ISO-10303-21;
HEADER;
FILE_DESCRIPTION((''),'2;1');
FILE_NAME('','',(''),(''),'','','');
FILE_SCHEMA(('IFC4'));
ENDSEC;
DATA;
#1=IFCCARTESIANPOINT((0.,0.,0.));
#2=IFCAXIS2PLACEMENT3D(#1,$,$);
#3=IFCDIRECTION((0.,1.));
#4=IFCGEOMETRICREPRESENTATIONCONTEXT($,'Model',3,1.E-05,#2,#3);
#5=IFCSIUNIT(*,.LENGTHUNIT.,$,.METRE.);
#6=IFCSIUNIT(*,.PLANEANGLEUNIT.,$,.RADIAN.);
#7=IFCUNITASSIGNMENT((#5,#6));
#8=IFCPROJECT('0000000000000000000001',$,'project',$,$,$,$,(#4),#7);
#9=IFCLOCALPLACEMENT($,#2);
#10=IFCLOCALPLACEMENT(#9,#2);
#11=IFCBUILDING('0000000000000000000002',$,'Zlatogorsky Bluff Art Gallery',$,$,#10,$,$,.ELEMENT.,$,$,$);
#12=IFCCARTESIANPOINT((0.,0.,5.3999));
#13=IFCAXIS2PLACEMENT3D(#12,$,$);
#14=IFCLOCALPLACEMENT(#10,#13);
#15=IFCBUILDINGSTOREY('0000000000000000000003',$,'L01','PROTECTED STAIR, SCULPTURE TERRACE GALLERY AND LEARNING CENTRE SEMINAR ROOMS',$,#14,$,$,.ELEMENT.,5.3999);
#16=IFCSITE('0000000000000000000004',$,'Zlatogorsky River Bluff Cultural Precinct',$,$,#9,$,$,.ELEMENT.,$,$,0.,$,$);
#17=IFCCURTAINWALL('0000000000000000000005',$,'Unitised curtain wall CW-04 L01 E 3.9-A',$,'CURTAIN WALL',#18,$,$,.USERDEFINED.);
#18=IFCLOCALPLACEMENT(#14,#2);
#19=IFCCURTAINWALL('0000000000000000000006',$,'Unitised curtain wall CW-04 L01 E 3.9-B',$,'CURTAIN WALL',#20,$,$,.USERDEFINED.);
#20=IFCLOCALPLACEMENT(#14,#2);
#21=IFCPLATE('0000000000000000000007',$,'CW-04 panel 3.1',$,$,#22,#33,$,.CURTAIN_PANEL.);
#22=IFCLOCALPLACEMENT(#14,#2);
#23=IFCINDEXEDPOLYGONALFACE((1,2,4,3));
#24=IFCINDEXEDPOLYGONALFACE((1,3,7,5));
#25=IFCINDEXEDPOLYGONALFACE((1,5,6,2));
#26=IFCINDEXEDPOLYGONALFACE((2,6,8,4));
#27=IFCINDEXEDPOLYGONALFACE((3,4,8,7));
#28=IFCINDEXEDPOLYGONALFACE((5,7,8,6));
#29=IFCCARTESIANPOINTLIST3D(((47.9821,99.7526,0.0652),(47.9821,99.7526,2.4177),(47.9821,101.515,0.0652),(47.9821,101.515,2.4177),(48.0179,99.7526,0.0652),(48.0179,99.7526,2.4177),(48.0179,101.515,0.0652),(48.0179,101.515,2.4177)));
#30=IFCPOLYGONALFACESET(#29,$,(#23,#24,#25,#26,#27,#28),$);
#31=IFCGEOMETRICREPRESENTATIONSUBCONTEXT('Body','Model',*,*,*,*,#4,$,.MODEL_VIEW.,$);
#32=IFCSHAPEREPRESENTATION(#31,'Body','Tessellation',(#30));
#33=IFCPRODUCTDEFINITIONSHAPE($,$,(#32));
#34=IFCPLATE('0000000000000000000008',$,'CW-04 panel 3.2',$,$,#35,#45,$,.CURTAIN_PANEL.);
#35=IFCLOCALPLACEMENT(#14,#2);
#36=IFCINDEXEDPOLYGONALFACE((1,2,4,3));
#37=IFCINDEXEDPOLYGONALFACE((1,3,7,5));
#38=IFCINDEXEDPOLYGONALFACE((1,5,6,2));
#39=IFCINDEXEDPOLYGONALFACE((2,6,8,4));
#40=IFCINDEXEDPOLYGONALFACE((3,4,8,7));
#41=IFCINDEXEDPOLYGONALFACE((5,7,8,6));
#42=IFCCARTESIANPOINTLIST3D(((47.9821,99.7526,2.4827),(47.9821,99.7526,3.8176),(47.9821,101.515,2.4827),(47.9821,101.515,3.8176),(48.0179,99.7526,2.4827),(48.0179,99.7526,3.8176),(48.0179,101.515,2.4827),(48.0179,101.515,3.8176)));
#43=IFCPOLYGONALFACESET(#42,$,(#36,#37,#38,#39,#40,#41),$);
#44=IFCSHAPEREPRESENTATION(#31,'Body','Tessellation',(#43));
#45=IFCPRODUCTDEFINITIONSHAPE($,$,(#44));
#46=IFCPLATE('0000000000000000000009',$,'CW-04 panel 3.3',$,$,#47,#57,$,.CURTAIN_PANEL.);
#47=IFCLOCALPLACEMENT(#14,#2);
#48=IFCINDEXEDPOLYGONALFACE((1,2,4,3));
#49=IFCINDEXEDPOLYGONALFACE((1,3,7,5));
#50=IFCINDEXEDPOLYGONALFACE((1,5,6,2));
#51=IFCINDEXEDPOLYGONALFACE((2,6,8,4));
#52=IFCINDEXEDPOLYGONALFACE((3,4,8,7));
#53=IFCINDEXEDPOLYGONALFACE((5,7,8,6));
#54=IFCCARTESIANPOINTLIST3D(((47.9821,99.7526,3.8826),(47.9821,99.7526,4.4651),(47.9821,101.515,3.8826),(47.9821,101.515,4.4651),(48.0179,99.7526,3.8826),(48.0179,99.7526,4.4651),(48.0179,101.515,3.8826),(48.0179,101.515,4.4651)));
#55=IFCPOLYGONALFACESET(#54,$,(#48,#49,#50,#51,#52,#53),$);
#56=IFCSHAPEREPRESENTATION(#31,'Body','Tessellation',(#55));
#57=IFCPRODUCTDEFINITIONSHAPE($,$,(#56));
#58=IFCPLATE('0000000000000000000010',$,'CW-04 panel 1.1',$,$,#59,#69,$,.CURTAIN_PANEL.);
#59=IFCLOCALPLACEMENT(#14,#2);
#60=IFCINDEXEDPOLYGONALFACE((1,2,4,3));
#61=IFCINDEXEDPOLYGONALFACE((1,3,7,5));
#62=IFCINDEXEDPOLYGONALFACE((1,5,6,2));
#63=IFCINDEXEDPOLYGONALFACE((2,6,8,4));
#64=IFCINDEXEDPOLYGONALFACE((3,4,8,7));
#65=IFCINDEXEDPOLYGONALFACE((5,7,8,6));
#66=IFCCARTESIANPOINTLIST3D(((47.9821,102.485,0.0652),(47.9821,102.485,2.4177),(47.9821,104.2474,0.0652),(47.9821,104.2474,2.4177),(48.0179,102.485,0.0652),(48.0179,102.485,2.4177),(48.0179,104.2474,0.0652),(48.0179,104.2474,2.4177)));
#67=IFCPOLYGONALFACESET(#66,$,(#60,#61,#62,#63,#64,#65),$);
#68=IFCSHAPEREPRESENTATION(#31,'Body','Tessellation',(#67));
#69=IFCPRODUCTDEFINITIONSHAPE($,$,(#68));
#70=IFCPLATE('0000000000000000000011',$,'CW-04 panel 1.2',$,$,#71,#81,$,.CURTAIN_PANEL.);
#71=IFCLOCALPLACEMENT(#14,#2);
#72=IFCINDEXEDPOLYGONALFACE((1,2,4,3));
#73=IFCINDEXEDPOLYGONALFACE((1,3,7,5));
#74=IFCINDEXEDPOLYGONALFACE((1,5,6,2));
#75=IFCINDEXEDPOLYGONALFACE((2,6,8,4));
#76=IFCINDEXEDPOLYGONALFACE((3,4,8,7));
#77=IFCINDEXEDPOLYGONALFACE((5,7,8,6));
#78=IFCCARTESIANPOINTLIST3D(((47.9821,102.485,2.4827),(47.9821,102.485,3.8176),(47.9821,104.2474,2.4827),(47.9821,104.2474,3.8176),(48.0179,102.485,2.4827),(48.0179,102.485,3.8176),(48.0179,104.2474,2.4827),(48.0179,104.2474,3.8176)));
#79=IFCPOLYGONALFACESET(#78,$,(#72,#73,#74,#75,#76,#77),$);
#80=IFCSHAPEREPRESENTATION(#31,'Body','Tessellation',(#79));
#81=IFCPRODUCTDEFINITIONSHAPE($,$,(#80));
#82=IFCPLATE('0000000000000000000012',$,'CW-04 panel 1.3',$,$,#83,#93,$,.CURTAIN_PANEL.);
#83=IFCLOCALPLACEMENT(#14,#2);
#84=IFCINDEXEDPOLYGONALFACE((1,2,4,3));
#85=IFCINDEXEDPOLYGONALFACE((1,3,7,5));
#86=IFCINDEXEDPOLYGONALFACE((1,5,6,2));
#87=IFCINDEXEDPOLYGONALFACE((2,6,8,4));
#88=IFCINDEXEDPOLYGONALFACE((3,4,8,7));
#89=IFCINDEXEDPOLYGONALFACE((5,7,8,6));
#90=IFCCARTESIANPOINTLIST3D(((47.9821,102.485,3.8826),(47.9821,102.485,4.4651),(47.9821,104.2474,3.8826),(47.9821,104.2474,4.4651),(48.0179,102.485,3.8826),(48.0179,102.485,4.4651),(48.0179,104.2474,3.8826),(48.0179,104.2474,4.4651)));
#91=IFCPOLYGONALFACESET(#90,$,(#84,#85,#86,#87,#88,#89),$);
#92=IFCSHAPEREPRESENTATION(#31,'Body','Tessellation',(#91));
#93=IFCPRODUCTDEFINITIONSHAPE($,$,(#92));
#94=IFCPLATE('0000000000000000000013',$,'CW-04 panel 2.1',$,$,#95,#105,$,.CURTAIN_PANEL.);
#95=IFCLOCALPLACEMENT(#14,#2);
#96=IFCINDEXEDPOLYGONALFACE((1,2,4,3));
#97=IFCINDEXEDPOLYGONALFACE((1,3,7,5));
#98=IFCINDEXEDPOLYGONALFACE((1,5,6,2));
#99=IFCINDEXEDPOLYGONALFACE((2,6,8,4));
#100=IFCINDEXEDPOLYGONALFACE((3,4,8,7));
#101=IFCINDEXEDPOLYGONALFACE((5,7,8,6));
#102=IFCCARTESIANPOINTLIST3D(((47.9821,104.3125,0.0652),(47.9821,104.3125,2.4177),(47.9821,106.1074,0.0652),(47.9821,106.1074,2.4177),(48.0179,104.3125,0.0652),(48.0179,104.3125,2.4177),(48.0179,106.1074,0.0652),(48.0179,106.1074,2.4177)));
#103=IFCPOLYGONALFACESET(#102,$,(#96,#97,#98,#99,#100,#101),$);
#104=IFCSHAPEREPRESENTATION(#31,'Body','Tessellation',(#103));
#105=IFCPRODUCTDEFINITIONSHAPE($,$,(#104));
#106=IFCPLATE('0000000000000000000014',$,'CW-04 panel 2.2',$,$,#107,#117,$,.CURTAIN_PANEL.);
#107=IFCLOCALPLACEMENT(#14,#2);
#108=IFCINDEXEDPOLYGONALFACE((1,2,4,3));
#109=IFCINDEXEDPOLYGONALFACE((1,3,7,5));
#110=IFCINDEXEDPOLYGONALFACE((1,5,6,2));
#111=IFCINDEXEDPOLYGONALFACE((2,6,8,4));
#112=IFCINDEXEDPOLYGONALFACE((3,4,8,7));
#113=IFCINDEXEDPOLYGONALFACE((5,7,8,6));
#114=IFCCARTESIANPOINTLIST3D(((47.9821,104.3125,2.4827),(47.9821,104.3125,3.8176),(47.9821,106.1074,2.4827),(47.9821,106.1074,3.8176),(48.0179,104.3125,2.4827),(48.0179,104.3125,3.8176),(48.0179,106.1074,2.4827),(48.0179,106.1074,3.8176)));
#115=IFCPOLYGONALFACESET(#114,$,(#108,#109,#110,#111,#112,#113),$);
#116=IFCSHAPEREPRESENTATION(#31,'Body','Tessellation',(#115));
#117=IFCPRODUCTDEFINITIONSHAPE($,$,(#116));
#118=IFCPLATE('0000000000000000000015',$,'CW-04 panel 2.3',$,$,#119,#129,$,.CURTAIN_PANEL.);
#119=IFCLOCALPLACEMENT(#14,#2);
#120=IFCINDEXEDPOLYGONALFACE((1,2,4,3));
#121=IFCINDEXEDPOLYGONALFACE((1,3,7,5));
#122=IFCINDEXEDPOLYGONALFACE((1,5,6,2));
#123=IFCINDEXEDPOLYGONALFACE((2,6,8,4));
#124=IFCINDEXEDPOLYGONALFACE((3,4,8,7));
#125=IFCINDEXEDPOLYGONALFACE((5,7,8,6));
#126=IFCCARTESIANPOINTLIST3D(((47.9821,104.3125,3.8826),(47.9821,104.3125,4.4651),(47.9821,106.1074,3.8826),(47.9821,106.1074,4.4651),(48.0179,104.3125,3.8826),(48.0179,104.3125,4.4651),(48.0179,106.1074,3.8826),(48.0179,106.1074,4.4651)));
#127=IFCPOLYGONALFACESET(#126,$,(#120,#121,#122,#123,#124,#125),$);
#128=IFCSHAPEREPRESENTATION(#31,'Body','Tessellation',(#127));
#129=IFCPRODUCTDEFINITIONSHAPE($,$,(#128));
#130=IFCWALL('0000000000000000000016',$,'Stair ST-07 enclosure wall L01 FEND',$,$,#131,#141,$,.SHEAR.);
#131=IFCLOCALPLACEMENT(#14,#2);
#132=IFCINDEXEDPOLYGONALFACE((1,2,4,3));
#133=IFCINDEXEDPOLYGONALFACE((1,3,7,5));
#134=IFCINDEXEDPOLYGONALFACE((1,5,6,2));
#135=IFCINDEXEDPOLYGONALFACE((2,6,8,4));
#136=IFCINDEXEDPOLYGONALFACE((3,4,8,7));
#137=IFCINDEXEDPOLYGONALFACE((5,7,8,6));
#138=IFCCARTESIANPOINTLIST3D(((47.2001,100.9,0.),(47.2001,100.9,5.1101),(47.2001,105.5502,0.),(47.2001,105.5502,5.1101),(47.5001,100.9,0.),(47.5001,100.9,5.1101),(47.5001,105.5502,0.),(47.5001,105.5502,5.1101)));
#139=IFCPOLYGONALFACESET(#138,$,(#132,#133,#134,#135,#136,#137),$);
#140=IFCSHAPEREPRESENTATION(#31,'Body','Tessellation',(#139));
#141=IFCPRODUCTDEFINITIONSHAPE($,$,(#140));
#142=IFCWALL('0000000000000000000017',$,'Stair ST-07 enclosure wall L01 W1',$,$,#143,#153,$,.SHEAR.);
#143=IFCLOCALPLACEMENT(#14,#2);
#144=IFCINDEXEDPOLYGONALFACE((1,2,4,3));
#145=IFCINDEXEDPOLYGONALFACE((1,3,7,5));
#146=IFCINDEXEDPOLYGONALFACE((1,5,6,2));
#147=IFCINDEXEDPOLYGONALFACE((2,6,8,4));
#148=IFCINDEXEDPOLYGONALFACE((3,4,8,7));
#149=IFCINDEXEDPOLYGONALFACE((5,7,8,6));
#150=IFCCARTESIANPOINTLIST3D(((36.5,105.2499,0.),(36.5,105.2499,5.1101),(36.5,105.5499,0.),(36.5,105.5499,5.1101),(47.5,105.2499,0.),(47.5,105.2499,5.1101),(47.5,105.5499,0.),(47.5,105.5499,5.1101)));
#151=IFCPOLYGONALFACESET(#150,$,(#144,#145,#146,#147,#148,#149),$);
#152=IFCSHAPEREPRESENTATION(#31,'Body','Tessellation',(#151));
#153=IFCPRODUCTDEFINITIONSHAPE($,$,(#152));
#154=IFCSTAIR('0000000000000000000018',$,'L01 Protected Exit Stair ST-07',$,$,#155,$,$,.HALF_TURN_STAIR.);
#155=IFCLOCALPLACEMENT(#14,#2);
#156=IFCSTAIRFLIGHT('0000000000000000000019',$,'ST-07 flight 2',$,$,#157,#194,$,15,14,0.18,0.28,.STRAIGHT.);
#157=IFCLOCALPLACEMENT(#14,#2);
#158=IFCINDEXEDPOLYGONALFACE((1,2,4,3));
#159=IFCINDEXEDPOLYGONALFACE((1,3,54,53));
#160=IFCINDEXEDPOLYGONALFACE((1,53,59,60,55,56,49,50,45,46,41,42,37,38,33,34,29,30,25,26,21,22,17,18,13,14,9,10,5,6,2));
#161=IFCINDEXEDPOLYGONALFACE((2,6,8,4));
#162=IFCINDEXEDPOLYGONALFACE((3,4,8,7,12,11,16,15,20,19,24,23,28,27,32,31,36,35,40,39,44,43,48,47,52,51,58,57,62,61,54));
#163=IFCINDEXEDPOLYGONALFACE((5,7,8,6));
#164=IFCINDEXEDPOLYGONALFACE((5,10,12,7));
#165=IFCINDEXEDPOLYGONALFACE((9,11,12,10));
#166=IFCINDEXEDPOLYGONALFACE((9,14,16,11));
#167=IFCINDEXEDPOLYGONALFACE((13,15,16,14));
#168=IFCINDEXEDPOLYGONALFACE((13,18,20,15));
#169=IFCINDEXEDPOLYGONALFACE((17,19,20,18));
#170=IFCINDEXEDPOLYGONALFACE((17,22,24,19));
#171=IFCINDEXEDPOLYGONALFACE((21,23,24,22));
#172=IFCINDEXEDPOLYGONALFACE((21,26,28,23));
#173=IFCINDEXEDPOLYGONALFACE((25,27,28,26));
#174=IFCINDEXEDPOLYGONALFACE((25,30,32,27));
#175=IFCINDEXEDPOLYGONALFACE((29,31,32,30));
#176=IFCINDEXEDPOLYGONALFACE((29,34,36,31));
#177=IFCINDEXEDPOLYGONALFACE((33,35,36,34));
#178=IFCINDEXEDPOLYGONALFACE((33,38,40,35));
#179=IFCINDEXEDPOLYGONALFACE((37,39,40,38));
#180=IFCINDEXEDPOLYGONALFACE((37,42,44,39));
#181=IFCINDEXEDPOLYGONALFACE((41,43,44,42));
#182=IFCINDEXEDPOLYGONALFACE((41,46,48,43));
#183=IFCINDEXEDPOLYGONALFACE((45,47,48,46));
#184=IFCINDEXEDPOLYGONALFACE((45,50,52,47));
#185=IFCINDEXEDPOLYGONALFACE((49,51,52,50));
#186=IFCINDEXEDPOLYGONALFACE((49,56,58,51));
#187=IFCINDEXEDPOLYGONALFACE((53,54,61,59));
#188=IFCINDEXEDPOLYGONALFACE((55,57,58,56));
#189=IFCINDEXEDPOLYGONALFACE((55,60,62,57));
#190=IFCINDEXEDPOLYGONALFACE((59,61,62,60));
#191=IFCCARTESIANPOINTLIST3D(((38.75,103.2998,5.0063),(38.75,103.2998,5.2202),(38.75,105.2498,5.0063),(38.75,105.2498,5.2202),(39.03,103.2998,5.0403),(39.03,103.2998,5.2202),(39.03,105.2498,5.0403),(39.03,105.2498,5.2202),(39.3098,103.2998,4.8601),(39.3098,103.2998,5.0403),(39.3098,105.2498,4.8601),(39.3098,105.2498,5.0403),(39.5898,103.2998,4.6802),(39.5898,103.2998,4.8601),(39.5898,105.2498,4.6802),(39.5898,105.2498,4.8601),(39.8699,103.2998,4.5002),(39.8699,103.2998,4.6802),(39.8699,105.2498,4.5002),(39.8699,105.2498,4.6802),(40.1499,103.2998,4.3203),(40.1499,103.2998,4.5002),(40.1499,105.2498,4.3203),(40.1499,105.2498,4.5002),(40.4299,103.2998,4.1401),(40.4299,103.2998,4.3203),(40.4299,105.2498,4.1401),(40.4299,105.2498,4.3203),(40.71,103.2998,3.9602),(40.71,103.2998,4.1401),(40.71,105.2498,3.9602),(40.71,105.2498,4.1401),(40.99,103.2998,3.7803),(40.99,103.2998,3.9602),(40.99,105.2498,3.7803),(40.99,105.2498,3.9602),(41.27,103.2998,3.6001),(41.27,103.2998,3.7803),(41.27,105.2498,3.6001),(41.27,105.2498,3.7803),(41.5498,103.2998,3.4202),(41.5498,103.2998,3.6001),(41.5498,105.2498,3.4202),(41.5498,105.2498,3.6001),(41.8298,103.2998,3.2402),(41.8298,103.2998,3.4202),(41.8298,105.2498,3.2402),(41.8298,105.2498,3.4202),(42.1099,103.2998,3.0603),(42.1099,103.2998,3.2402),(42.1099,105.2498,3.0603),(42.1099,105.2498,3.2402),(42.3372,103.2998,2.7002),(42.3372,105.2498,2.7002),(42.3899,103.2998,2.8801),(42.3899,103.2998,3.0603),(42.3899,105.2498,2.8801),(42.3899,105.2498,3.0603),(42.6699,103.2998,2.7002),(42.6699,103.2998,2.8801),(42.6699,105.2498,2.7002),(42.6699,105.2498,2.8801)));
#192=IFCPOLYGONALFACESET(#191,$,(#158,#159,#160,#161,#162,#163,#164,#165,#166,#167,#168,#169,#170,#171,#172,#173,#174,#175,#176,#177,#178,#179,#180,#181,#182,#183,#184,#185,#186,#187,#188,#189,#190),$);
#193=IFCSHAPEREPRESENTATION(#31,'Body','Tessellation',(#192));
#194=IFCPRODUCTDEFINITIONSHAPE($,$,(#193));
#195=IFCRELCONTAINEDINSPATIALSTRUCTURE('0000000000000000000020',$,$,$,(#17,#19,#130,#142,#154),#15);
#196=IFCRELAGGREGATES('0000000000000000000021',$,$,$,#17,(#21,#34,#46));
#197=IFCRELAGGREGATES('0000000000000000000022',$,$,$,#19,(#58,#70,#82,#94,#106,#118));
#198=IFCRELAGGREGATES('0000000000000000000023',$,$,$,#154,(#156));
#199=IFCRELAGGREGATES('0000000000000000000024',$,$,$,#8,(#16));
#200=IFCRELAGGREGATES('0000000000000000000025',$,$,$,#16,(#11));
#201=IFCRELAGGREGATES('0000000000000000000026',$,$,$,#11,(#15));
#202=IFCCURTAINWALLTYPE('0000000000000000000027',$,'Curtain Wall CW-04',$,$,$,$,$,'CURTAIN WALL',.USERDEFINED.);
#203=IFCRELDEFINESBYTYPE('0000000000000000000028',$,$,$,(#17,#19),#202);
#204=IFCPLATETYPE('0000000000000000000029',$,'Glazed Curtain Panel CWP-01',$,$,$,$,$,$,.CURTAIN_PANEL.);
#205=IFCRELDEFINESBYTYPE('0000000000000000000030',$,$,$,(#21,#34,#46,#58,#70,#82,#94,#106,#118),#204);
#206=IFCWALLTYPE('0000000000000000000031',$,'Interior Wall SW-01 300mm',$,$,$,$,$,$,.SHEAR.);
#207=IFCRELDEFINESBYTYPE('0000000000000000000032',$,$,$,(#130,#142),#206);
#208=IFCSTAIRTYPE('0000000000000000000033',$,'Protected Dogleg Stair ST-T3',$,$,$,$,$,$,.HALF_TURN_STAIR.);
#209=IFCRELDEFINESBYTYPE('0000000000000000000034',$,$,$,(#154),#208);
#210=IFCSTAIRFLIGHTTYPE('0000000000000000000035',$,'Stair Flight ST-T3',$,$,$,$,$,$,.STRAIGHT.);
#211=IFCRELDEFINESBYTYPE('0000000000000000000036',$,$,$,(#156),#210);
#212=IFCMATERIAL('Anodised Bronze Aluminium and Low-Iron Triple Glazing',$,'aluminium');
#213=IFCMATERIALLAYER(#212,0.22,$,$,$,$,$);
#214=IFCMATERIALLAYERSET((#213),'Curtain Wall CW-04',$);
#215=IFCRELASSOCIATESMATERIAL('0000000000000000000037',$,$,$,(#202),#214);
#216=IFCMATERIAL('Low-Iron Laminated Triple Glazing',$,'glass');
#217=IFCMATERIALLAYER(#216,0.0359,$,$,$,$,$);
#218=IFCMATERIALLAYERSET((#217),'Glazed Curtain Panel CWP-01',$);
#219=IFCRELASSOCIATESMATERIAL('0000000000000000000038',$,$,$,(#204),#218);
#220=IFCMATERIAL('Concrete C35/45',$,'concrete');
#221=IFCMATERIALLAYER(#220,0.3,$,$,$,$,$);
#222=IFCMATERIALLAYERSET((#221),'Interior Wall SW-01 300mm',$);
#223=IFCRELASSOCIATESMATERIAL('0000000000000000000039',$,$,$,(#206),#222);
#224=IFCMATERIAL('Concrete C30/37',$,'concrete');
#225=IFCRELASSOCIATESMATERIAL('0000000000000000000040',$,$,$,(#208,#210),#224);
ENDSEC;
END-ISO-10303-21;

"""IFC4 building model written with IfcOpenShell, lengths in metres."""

from ifc_helpers import new_model, si_unit, direction, frame, frame_2d, origin, origin_2d, place, context, subcontext, project, spatial, polyline, rectangle, outline, extrude, material, layer, layer_set, type_object, element, aggregate, save


model = new_model("IFC4")

# Units and contexts
model_context = context("Model", 3, precision=1e-05, world=origin(), true_north=direction((0.0, 1.0)))
body_context = subcontext(model_context, "Body", "Model", "MODEL_VIEW")
ifc_project = project(units=[si_unit("LENGTHUNIT", "METRE"), si_unit("PLANEANGLEUNIT", "RADIAN")], contexts=[model_context])

# Site, building, storey
site_placement = place(None, origin())
site = spatial("IfcSite", under=ifc_project, at=site_placement, Name="Zlatogorsky River Bluff Cultural Precinct", CompositionType="ELEMENT", RefElevation=0.0)
building_placement = place(site_placement, origin())
building = spatial("IfcBuilding", under=site, at=building_placement, Name="Zlatogorsky Bluff Art Gallery", CompositionType="ELEMENT")
storey_placement = place(building_placement, frame((0.0, 0.0, 5.3999)))
storey = spatial("IfcBuildingStorey", under=building, at=storey_placement, Name="L01", Description="PROTECTED STAIR, SCULPTURE TERRACE GALLERY AND LEARNING CENTRE SEMINAR ROOMS", CompositionType="ELEMENT", Elevation=5.3999)

# Curtain wall
ifc_material_1 = material(Name="Anodised Bronze Aluminium and Low-Iron Triple Glazing", Category="aluminium")
ifc_layer_1 = layer(ifc_material_1, 0.22)
ifc_layer_set_1 = layer_set([ifc_layer_1], Name="Curtain Wall CW-04")
curtain_wall_type = type_object("IfcCurtainWallType", Name="Curtain Wall CW-04", ElementType="CURTAIN WALL", PredefinedType="USERDEFINED", material=ifc_layer_set_1)
curtain_wall_1_placement = place(storey_placement, origin())
curtain_wall_1 = element("IfcCurtainWall", 1, at=curtain_wall_1_placement, inside=storey, type_object=curtain_wall_type, Name="Unitised curtain wall CW-04 L01 E 3.9-A", ObjectType="CURTAIN WALL", PredefinedType="USERDEFINED")

# Curtain wall
curtain_wall_2_placement = place(storey_placement, origin())
curtain_wall_2 = element("IfcCurtainWall", 2, at=curtain_wall_2_placement, inside=storey, type_object=curtain_wall_type, Name="Unitised curtain wall CW-04 L01 E 3.9-B", ObjectType="CURTAIN WALL", PredefinedType="USERDEFINED")

# Plates
ifc_material_2 = material(Name="Low-Iron Laminated Triple Glazing", Category="glass")
ifc_layer_2 = layer(ifc_material_2, 0.0359)
ifc_layer_set_2 = layer_set([ifc_layer_2], Name="Glazed Curtain Panel CWP-01")
plate_type = type_object("IfcPlateType", Name="Glazed Curtain Panel CWP-01", PredefinedType="CURTAIN_PANEL", material=ifc_layer_set_2)
plate_1_placement = place(storey_placement, frame((48.0, 100.6338, 0.0652), z_axis=(0.0, 0.0, 1.0), x_axis=(0.0, 1.0, 0.0)))
plate_1 = element("IfcPlate", 3, at=plate_1_placement, type_object=plate_type, Name="CW-04 panel 3.1", PredefinedType="CURTAIN_PANEL", context=body_context, shape_type="SweptSolid", body=[
    extrude(rectangle(XDim=1.7625, YDim=0.0359, at=origin_2d()), origin(), (0.0, 0.0, 1.0), 2.3525),
])
plate_2_placement = place(storey_placement, frame((48.0, 100.6338, 2.4827), z_axis=(0.0, 0.0, 1.0), x_axis=(0.0, 1.0, 0.0)))
plate_2 = element("IfcPlate", 4, at=plate_2_placement, type_object=plate_type, Name="CW-04 panel 3.2", PredefinedType="CURTAIN_PANEL", context=body_context, shape_type="SweptSolid", body=[
    extrude(rectangle(XDim=1.7625, YDim=0.0359, at=origin_2d()), origin(), (0.0, 0.0, 1.0), 1.335),
])
plate_3_placement = place(storey_placement, frame((48.0, 100.6338, 3.8826), z_axis=(0.0, 0.0, 1.0), x_axis=(0.0, 1.0, 0.0)))
plate_3 = element("IfcPlate", 5, at=plate_3_placement, type_object=plate_type, Name="CW-04 panel 3.3", PredefinedType="CURTAIN_PANEL", context=body_context, shape_type="SweptSolid", body=[
    extrude(rectangle(XDim=1.7625, YDim=0.0359, at=origin_2d()), origin(), (0.0, 0.0, 1.0), 0.5825),
])
aggregate(curtain_wall_1, [plate_1, plate_2, plate_3])
plate_4_placement = place(storey_placement, frame((48.0, 103.3662, 0.0652), z_axis=(0.0, 0.0, 1.0), x_axis=(0.0, 1.0, 0.0)))
plate_4 = element("IfcPlate", 6, at=plate_4_placement, type_object=plate_type, Name="CW-04 panel 1.1", PredefinedType="CURTAIN_PANEL", context=body_context, shape_type="SweptSolid", body=[
    extrude(rectangle(XDim=1.7625, YDim=0.0359, at=origin_2d()), origin(), (0.0, 0.0, 1.0), 2.3525),
])
plate_5_placement = place(storey_placement, frame((48.0, 103.3662, 2.4827), z_axis=(0.0, 0.0, 1.0), x_axis=(0.0, 1.0, 0.0)))
plate_5 = element("IfcPlate", 7, at=plate_5_placement, type_object=plate_type, Name="CW-04 panel 1.2", PredefinedType="CURTAIN_PANEL", context=body_context, shape_type="SweptSolid", body=[
    extrude(rectangle(XDim=1.7625, YDim=0.0359, at=origin_2d()), origin(), (0.0, 0.0, 1.0), 1.335),
])
plate_6_placement = place(storey_placement, frame((48.0, 103.3662, 3.8826), z_axis=(0.0, 0.0, 1.0), x_axis=(0.0, 1.0, 0.0)))
plate_6 = element("IfcPlate", 8, at=plate_6_placement, type_object=plate_type, Name="CW-04 panel 1.3", PredefinedType="CURTAIN_PANEL", context=body_context, shape_type="SweptSolid", body=[
    extrude(rectangle(XDim=1.7625, YDim=0.0359, at=origin_2d()), origin(), (0.0, 0.0, 1.0), 0.5825),
])
plate_7_placement = place(storey_placement, frame((48.0, 105.21, 0.0652), z_axis=(0.0, 0.0, 1.0), x_axis=(0.0, 1.0, 0.0)))
plate_7 = element("IfcPlate", 9, at=plate_7_placement, type_object=plate_type, Name="CW-04 panel 2.1", PredefinedType="CURTAIN_PANEL", context=body_context, shape_type="SweptSolid", body=[
    extrude(rectangle(XDim=1.7949, YDim=0.0359, at=origin_2d()), origin(), (0.0, 0.0, 1.0), 2.3525),
])
plate_8_placement = place(storey_placement, frame((48.0, 105.21, 2.4827), z_axis=(0.0, 0.0, 1.0), x_axis=(0.0, 1.0, 0.0)))
plate_8 = element("IfcPlate", 10, at=plate_8_placement, type_object=plate_type, Name="CW-04 panel 2.2", PredefinedType="CURTAIN_PANEL", context=body_context, shape_type="SweptSolid", body=[
    extrude(rectangle(XDim=1.7949, YDim=0.0359, at=origin_2d()), origin(), (0.0, 0.0, 1.0), 1.335),
])
plate_9_placement = place(storey_placement, frame((48.0, 105.21, 3.8826), z_axis=(0.0, 0.0, 1.0), x_axis=(0.0, 1.0, 0.0)))
plate_9 = element("IfcPlate", 11, at=plate_9_placement, type_object=plate_type, Name="CW-04 panel 2.3", PredefinedType="CURTAIN_PANEL", context=body_context, shape_type="SweptSolid", body=[
    extrude(rectangle(XDim=1.7949, YDim=0.0359, at=origin_2d()), origin(), (0.0, 0.0, 1.0), 0.5825),
])
aggregate(curtain_wall_2, [plate_4, plate_5, plate_6, plate_7, plate_8, plate_9])

# Walls
ifc_material_3 = material(Name="Concrete C35/45", Category="concrete")
ifc_layer_3 = layer(ifc_material_3, 0.3)
ifc_layer_set_3 = layer_set([ifc_layer_3], Name="Interior Wall SW-01 300mm")
wall_type = type_object("IfcWallType", Name="Interior Wall SW-01 300mm", PredefinedType="SHEAR", material=ifc_layer_set_3)
wall_1_placement = place(storey_placement, frame((47.3501, 100.8999, 0.0), z_axis=(0.0, 0.0, 1.0), x_axis=(0.0, 1.0, 0.0)))
element("IfcWall", 12, at=wall_1_placement, inside=storey, type_object=wall_type, Name="Stair ST-07 enclosure wall L01 FEND", PredefinedType="SHEAR", context=body_context, shape_type="SweptSolid", body=[
    extrude(rectangle(XDim=4.6501, YDim=0.3, at=frame_2d((2.3252, 0.0))), origin(), (0.0, 0.0, 1.0), 5.1101),
])
wall_2_placement = place(storey_placement, frame((47.5, 105.3999, 0.0), z_axis=(0.0, 0.0, 1.0), x_axis=(-1.0, 0.0, 0.0)))
element("IfcWall", 13, at=wall_2_placement, inside=storey, type_object=wall_type, Name="Stair ST-07 enclosure wall L01 W1", PredefinedType="SHEAR", context=body_context, shape_type="SweptSolid", body=[
    extrude(rectangle(XDim=11.0, YDim=0.3, at=frame_2d((5.5, 0.0))), origin(), (0.0, 0.0, 1.0), 5.1101),
])

# Stair, stair flight
ifc_material_4 = material(Name="Concrete C30/37", Category="concrete")
stair_type = type_object("IfcStairType", Name="Protected Dogleg Stair ST-T3", PredefinedType="HALF_TURN_STAIR", material=ifc_material_4)
stair_placement = place(storey_placement, origin())
stair = element("IfcStair", 14, at=stair_placement, inside=storey, type_object=stair_type, Name="L01 Protected Exit Stair ST-07", PredefinedType="HALF_TURN_STAIR")
stair_flight_type = type_object("IfcStairFlightType", Name="Stair Flight ST-T3", PredefinedType="STRAIGHT", material=ifc_material_4)
stair_flight_placement = place(storey_placement, frame((42.6699, 104.2749, 2.7002), z_axis=(0.0, 0.0, 1.0), x_axis=(-1.0, 0.0, 0.0)))
stair_flight = element("IfcStairFlight", 15, at=stair_flight_placement, type_object=stair_flight_type, Name="ST-07 flight 2", NumberOfRisers=15, NumberOfTreads=14, PredefinedType="STRAIGHT", RiserHeight=0.18, TreadLength=0.28, context=body_context, shape_type="SweptSolid", body=[
    extrude(outline(polyline([(0.0, 0.0), (0.0, 0.1799), (0.28, 0.1799), (0.28, 0.3601), (0.5601, 0.3601), (0.5601, 0.54), (0.8401, 0.54), (0.8401, 0.72), (1.1201, 0.72), (1.1201, 0.8999), (1.3999, 0.8999), (1.3999, 1.0801), (1.6799, 1.0801), (1.6799, 1.26), (1.96, 1.26), (1.96, 1.4399), (2.24, 1.4399), (2.24, 1.6201), (2.52, 1.6201), (2.52, 1.8), (2.8, 1.8), (2.8, 1.98), (3.0801, 1.98), (3.0801, 2.1599), (3.3601, 2.1599), (3.3601, 2.3401), (3.6399, 2.3401), (3.6399, 2.52), (3.9199, 2.52), (3.9199, 2.7), (3.9199, 2.3062), (0.3328, 0.0), (0.0, 0.0)])), frame((0.0, 0.9751, 0.0), z_axis=(0.0, -1.0, 0.0), x_axis=(1.0, 0.0, 0.0)), (0.0, 0.0, 1.0), 1.95),
])
aggregate(stair, [stair_flight])

save(model, "model.ifc")
